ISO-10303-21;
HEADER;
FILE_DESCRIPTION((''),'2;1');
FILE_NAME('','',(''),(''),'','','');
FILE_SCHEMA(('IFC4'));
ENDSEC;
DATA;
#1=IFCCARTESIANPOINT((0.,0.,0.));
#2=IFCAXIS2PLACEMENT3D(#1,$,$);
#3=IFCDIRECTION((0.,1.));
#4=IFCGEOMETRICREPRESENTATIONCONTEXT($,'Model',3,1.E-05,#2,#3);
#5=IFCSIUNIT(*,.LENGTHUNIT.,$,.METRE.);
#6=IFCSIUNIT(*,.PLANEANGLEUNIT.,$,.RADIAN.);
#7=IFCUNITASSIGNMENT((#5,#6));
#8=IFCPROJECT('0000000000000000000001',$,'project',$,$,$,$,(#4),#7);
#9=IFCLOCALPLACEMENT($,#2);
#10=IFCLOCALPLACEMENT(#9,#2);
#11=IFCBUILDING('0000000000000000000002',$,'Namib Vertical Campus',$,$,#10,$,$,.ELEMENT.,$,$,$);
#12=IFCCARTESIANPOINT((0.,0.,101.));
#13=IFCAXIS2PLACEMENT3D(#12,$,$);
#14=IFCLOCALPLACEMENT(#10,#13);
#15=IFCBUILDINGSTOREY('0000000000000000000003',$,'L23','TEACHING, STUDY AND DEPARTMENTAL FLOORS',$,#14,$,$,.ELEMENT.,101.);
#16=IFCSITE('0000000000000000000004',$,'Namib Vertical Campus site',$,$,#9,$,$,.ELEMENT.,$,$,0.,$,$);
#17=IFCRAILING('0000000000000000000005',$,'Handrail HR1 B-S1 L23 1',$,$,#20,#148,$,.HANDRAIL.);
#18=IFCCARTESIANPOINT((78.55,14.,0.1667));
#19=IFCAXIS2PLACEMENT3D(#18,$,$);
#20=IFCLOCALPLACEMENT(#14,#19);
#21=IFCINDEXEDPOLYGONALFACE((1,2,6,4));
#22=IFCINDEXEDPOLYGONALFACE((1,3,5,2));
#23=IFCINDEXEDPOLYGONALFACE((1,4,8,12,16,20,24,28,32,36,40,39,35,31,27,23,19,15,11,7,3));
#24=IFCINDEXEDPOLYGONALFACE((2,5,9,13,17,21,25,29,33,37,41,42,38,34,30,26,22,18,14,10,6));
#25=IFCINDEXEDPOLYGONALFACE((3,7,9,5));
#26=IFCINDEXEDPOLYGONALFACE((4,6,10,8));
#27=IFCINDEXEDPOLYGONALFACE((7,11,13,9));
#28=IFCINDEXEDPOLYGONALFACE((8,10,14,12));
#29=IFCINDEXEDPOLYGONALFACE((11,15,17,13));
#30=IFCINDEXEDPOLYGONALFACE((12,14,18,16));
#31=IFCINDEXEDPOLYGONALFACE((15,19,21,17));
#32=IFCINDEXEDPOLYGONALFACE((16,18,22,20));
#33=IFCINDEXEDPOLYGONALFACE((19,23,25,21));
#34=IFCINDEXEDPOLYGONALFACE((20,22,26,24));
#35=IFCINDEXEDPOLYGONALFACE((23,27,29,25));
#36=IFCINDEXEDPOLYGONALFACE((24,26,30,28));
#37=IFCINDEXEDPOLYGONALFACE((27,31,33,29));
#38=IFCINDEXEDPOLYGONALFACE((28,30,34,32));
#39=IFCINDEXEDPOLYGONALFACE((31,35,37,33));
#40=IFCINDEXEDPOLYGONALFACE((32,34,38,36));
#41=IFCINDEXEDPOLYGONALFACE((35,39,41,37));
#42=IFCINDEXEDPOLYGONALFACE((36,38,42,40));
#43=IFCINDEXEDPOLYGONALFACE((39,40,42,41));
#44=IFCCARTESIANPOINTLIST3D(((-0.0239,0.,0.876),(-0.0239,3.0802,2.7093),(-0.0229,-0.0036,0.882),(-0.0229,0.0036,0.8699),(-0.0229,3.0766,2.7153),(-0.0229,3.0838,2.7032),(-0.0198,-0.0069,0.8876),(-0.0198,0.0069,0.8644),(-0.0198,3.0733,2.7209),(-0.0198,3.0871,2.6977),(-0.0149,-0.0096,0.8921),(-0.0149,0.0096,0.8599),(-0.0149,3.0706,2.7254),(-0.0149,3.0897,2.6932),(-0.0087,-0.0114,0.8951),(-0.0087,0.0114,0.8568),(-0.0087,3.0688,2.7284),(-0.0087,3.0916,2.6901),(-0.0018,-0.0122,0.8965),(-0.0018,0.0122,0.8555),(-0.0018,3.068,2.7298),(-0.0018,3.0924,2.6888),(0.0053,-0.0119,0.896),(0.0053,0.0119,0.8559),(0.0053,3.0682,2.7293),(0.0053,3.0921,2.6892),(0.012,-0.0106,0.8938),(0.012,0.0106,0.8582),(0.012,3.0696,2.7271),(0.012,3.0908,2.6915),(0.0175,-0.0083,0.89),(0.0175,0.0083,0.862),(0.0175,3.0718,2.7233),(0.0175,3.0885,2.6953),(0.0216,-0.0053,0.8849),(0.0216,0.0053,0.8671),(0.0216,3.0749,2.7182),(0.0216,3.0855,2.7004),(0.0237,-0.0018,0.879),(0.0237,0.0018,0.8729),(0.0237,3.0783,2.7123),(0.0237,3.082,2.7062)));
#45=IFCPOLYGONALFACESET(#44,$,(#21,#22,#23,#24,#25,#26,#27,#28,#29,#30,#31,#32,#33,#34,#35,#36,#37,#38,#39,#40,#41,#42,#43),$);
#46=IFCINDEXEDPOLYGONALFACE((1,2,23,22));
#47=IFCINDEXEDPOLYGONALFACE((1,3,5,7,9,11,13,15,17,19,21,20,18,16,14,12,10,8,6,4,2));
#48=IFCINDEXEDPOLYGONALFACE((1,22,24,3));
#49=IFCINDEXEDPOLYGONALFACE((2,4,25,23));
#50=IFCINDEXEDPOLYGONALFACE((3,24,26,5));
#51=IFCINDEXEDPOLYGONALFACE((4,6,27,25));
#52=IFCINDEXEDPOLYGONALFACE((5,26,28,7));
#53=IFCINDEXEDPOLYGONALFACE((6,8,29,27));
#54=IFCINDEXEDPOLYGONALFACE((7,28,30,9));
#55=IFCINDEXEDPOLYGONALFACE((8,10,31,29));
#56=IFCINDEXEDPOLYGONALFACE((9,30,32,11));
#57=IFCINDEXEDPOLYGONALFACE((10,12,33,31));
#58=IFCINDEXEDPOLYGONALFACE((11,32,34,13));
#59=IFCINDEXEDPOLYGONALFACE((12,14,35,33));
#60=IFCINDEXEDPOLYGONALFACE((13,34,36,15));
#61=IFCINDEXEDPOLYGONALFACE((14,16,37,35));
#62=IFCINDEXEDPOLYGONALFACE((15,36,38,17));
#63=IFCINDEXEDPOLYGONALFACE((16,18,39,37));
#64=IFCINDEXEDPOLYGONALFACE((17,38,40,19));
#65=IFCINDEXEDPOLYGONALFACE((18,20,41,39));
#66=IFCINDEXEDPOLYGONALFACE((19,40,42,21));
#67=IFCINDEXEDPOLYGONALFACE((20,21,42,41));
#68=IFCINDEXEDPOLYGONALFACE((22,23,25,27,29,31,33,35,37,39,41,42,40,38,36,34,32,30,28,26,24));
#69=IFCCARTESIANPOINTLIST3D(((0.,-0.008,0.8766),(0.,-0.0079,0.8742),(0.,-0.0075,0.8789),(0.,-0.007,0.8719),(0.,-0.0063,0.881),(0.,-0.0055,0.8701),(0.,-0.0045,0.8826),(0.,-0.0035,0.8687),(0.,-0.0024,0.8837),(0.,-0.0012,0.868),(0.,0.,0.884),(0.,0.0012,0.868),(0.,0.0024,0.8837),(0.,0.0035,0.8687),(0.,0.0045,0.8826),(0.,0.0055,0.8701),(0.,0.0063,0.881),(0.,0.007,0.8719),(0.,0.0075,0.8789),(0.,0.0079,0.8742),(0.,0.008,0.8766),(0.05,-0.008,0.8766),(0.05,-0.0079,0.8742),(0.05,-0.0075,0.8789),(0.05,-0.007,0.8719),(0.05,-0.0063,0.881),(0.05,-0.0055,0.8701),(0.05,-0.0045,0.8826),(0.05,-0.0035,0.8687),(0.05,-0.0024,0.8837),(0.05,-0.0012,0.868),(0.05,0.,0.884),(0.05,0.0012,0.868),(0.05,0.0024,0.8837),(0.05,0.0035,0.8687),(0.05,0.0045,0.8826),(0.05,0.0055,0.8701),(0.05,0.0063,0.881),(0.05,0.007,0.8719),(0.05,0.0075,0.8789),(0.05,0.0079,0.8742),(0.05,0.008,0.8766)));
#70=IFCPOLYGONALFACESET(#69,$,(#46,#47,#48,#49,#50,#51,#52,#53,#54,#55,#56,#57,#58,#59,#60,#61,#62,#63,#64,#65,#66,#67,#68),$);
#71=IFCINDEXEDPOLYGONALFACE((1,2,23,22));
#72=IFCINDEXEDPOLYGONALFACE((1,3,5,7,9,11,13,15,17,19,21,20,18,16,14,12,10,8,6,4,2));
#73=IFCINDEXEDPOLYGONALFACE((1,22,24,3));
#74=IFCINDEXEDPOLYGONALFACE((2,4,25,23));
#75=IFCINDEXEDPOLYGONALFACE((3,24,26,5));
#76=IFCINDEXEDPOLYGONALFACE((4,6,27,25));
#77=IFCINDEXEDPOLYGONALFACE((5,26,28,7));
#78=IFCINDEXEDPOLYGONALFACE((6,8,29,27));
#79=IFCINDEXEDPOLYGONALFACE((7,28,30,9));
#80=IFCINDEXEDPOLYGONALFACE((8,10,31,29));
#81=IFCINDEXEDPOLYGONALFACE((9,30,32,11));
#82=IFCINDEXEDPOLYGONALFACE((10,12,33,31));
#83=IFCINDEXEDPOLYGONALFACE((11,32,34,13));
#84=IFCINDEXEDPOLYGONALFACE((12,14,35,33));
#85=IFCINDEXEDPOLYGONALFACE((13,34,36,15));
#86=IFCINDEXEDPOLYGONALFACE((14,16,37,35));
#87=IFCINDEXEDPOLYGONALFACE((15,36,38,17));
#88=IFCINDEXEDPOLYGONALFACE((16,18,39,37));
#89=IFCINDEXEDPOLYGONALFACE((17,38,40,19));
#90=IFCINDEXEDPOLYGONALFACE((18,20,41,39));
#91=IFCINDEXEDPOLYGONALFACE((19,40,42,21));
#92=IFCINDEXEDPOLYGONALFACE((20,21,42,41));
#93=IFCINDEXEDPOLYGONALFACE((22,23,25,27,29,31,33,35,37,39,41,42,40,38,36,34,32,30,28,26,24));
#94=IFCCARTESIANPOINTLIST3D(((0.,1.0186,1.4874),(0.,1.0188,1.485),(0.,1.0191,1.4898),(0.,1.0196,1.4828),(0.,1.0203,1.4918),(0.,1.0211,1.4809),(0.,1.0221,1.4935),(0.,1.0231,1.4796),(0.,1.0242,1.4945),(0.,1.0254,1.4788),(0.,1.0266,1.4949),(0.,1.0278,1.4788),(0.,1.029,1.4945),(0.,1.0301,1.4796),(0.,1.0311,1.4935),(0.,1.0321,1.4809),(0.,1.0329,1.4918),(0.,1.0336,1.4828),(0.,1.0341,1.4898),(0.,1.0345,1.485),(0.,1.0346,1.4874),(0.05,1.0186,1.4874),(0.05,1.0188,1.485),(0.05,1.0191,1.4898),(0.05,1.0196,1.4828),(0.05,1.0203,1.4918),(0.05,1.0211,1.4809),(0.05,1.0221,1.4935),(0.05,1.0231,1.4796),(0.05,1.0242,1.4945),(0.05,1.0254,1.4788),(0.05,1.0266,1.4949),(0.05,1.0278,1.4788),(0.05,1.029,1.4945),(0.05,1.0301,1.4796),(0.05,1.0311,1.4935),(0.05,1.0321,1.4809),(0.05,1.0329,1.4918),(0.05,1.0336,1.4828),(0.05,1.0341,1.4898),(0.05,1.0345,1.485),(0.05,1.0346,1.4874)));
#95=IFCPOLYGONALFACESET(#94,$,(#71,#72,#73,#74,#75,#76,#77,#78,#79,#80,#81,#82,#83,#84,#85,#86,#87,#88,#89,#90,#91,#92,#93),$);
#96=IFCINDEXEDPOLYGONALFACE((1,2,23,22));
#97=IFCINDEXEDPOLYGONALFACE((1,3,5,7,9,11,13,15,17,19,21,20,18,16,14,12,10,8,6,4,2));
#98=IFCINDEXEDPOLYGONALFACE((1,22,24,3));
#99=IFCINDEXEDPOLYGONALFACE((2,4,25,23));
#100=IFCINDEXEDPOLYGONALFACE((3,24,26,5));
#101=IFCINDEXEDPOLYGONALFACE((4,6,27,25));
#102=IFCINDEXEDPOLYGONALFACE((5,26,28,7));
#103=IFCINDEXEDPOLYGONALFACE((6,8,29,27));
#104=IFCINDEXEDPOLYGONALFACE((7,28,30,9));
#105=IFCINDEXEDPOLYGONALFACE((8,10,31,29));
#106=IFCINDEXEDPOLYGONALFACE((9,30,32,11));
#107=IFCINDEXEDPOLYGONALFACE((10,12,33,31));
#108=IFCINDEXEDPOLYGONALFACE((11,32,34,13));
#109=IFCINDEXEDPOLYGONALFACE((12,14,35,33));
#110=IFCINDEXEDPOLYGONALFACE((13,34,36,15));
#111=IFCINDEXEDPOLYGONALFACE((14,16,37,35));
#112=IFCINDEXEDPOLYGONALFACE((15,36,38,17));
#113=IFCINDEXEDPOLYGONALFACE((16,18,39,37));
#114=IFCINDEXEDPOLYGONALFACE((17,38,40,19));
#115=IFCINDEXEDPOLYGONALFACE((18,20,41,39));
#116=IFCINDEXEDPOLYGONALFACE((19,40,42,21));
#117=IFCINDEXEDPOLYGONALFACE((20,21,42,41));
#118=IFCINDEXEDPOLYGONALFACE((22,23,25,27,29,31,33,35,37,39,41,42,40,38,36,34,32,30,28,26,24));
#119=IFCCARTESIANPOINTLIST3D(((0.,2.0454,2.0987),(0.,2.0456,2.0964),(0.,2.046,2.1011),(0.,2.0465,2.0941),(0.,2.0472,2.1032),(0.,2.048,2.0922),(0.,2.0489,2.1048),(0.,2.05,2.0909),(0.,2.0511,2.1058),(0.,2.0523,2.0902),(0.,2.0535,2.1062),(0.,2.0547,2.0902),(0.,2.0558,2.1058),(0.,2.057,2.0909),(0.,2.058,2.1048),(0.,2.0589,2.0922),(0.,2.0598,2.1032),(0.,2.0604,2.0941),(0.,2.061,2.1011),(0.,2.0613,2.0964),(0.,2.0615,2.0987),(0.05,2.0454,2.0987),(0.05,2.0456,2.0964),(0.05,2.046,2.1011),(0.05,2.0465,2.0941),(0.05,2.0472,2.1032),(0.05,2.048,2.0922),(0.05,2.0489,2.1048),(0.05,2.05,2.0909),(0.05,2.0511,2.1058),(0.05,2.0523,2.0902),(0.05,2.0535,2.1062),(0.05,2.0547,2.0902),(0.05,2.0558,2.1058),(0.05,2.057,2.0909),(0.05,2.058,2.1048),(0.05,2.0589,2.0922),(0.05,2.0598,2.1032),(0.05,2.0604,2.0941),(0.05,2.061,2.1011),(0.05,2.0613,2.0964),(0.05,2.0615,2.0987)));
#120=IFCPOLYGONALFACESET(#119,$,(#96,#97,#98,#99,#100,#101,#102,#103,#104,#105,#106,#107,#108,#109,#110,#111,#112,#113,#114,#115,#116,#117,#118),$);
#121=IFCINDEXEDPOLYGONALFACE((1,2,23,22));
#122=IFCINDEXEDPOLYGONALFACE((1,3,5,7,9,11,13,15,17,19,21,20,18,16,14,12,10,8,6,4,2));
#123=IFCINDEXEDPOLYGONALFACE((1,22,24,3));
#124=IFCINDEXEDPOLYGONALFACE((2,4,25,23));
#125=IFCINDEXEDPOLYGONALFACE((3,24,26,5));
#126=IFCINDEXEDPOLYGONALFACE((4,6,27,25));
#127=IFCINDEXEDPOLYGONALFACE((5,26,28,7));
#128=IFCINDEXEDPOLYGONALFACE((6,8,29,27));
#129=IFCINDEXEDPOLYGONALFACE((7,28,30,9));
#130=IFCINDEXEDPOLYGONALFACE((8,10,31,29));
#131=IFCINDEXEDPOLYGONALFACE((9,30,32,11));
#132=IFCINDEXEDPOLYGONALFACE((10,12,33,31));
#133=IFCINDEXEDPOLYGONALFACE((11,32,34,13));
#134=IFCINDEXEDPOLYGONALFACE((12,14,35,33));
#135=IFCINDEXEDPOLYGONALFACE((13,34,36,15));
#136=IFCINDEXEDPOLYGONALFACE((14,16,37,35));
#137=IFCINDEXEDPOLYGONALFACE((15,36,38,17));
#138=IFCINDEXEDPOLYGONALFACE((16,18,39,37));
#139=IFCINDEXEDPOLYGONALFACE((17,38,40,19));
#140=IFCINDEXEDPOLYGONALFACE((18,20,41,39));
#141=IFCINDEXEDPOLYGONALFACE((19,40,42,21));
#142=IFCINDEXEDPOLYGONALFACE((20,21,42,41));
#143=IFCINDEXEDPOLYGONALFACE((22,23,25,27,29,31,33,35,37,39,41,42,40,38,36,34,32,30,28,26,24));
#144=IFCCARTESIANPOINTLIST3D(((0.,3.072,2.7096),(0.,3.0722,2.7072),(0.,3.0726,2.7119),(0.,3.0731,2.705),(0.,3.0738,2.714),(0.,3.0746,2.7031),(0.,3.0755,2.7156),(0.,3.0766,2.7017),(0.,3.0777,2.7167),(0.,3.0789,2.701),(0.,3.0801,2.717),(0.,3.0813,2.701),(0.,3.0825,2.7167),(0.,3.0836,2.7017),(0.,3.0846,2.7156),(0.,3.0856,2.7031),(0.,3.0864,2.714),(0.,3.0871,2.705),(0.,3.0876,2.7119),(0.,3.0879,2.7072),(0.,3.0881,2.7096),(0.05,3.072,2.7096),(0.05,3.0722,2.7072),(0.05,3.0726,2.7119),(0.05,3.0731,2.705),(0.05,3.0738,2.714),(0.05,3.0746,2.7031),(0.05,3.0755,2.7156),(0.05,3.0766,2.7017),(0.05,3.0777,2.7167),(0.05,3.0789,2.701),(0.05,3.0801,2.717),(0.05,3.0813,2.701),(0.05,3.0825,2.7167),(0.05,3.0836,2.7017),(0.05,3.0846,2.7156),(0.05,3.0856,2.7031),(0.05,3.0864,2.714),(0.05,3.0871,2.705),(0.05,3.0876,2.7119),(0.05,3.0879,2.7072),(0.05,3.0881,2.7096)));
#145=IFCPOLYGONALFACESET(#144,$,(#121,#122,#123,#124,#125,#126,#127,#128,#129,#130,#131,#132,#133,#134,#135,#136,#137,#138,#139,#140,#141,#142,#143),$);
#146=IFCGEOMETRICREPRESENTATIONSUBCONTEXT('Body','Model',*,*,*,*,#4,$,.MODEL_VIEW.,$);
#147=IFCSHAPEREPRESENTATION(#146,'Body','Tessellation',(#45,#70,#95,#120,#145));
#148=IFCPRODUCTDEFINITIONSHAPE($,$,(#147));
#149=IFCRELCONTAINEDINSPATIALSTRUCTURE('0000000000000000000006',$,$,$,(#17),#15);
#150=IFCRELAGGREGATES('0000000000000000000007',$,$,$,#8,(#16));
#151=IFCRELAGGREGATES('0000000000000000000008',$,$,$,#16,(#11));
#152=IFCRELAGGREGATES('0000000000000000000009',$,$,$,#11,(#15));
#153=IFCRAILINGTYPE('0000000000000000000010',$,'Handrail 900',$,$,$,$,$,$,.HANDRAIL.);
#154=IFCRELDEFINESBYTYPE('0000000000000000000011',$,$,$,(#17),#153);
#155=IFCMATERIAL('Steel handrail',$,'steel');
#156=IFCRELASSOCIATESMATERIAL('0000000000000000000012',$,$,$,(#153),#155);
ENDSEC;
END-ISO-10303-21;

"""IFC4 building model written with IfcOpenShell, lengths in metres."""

from ifc_helpers import new_model, si_unit, direction, frame, origin, origin_2d, place, context, subcontext, project, spatial, circle, extrude, material, type_object, element, save


model = new_model("IFC4")

# Units and contexts
model_context = context("Model", 3, precision=1e-05, world=origin(), true_north=direction((0.0, 1.0)))
body_context = subcontext(model_context, "Body", "Model", "MODEL_VIEW")
ifc_project = project(units=[si_unit("LENGTHUNIT", "METRE"), si_unit("PLANEANGLEUNIT", "RADIAN")], contexts=[model_context])

# Site, building, storey
site_placement = place(None, origin())
site = spatial("IfcSite", under=ifc_project, at=site_placement, Name="Namib Vertical Campus site", CompositionType="ELEMENT", RefElevation=0.0)
building_placement = place(site_placement, origin())
building = spatial("IfcBuilding", under=site, at=building_placement, Name="Namib Vertical Campus", CompositionType="ELEMENT")
storey_placement = place(building_placement, frame((0.0, 0.0, 101.0)))
storey = spatial("IfcBuildingStorey", under=building, at=storey_placement, Name="L23", Description="TEACHING, STUDY AND DEPARTMENTAL FLOORS", CompositionType="ELEMENT", Elevation=101.0)

# Railing
ifc_material_1 = material(Name="Steel handrail", Category="steel")
railing_type = type_object("IfcRailingType", Name="Handrail 900", PredefinedType="HANDRAIL", material=ifc_material_1)
railing_1_placement = place(storey_placement, frame((78.55, 14.0, 0.1667)))
element("IfcRailing", 1, at=railing_1_placement, inside=storey, type_object=railing_type, Name="Handrail HR1 B-S1 L23 1", PredefinedType="HANDRAIL", context=body_context, shape_type="SweptSolid", body=[
    extrude(circle(Radius=0.0239, at=origin_2d()), frame((0.0, 0.0, 0.876), z_axis=(0.0, 0.859309, 0.511458), x_axis=(-1.0, 0.0, 0.0)), (0.0, 0.0, 1.0), 3.5845),
    extrude(circle(Radius=0.0081, at=origin_2d()), frame((0.0, 0.0, 0.876), z_axis=(1.0, 0.0, 0.0), x_axis=(0.0, 0.0, 1.0)), (0.0, 0.0, 1.0), 0.05),
    extrude(circle(Radius=0.0081, at=origin_2d()), frame((0.0, 1.0266, 1.4868), z_axis=(1.0, 0.0, 0.0), x_axis=(0.0, 0.0, 1.0)), (0.0, 0.0, 1.0), 0.05),
    extrude(circle(Radius=0.0081, at=origin_2d()), frame((0.0, 2.0535, 2.0981), z_axis=(1.0, 0.0, 0.0), x_axis=(0.0, 0.0, 1.0)), (0.0, 0.0, 1.0), 0.05),
    extrude(circle(Radius=0.0081, at=origin_2d()), frame((0.0, 3.0801, 2.709), z_axis=(1.0, 0.0, 0.0), x_axis=(0.0, 0.0, 1.0)), (0.0, 0.0, 1.0), 0.05),
])

save(model, "model.ifc")
